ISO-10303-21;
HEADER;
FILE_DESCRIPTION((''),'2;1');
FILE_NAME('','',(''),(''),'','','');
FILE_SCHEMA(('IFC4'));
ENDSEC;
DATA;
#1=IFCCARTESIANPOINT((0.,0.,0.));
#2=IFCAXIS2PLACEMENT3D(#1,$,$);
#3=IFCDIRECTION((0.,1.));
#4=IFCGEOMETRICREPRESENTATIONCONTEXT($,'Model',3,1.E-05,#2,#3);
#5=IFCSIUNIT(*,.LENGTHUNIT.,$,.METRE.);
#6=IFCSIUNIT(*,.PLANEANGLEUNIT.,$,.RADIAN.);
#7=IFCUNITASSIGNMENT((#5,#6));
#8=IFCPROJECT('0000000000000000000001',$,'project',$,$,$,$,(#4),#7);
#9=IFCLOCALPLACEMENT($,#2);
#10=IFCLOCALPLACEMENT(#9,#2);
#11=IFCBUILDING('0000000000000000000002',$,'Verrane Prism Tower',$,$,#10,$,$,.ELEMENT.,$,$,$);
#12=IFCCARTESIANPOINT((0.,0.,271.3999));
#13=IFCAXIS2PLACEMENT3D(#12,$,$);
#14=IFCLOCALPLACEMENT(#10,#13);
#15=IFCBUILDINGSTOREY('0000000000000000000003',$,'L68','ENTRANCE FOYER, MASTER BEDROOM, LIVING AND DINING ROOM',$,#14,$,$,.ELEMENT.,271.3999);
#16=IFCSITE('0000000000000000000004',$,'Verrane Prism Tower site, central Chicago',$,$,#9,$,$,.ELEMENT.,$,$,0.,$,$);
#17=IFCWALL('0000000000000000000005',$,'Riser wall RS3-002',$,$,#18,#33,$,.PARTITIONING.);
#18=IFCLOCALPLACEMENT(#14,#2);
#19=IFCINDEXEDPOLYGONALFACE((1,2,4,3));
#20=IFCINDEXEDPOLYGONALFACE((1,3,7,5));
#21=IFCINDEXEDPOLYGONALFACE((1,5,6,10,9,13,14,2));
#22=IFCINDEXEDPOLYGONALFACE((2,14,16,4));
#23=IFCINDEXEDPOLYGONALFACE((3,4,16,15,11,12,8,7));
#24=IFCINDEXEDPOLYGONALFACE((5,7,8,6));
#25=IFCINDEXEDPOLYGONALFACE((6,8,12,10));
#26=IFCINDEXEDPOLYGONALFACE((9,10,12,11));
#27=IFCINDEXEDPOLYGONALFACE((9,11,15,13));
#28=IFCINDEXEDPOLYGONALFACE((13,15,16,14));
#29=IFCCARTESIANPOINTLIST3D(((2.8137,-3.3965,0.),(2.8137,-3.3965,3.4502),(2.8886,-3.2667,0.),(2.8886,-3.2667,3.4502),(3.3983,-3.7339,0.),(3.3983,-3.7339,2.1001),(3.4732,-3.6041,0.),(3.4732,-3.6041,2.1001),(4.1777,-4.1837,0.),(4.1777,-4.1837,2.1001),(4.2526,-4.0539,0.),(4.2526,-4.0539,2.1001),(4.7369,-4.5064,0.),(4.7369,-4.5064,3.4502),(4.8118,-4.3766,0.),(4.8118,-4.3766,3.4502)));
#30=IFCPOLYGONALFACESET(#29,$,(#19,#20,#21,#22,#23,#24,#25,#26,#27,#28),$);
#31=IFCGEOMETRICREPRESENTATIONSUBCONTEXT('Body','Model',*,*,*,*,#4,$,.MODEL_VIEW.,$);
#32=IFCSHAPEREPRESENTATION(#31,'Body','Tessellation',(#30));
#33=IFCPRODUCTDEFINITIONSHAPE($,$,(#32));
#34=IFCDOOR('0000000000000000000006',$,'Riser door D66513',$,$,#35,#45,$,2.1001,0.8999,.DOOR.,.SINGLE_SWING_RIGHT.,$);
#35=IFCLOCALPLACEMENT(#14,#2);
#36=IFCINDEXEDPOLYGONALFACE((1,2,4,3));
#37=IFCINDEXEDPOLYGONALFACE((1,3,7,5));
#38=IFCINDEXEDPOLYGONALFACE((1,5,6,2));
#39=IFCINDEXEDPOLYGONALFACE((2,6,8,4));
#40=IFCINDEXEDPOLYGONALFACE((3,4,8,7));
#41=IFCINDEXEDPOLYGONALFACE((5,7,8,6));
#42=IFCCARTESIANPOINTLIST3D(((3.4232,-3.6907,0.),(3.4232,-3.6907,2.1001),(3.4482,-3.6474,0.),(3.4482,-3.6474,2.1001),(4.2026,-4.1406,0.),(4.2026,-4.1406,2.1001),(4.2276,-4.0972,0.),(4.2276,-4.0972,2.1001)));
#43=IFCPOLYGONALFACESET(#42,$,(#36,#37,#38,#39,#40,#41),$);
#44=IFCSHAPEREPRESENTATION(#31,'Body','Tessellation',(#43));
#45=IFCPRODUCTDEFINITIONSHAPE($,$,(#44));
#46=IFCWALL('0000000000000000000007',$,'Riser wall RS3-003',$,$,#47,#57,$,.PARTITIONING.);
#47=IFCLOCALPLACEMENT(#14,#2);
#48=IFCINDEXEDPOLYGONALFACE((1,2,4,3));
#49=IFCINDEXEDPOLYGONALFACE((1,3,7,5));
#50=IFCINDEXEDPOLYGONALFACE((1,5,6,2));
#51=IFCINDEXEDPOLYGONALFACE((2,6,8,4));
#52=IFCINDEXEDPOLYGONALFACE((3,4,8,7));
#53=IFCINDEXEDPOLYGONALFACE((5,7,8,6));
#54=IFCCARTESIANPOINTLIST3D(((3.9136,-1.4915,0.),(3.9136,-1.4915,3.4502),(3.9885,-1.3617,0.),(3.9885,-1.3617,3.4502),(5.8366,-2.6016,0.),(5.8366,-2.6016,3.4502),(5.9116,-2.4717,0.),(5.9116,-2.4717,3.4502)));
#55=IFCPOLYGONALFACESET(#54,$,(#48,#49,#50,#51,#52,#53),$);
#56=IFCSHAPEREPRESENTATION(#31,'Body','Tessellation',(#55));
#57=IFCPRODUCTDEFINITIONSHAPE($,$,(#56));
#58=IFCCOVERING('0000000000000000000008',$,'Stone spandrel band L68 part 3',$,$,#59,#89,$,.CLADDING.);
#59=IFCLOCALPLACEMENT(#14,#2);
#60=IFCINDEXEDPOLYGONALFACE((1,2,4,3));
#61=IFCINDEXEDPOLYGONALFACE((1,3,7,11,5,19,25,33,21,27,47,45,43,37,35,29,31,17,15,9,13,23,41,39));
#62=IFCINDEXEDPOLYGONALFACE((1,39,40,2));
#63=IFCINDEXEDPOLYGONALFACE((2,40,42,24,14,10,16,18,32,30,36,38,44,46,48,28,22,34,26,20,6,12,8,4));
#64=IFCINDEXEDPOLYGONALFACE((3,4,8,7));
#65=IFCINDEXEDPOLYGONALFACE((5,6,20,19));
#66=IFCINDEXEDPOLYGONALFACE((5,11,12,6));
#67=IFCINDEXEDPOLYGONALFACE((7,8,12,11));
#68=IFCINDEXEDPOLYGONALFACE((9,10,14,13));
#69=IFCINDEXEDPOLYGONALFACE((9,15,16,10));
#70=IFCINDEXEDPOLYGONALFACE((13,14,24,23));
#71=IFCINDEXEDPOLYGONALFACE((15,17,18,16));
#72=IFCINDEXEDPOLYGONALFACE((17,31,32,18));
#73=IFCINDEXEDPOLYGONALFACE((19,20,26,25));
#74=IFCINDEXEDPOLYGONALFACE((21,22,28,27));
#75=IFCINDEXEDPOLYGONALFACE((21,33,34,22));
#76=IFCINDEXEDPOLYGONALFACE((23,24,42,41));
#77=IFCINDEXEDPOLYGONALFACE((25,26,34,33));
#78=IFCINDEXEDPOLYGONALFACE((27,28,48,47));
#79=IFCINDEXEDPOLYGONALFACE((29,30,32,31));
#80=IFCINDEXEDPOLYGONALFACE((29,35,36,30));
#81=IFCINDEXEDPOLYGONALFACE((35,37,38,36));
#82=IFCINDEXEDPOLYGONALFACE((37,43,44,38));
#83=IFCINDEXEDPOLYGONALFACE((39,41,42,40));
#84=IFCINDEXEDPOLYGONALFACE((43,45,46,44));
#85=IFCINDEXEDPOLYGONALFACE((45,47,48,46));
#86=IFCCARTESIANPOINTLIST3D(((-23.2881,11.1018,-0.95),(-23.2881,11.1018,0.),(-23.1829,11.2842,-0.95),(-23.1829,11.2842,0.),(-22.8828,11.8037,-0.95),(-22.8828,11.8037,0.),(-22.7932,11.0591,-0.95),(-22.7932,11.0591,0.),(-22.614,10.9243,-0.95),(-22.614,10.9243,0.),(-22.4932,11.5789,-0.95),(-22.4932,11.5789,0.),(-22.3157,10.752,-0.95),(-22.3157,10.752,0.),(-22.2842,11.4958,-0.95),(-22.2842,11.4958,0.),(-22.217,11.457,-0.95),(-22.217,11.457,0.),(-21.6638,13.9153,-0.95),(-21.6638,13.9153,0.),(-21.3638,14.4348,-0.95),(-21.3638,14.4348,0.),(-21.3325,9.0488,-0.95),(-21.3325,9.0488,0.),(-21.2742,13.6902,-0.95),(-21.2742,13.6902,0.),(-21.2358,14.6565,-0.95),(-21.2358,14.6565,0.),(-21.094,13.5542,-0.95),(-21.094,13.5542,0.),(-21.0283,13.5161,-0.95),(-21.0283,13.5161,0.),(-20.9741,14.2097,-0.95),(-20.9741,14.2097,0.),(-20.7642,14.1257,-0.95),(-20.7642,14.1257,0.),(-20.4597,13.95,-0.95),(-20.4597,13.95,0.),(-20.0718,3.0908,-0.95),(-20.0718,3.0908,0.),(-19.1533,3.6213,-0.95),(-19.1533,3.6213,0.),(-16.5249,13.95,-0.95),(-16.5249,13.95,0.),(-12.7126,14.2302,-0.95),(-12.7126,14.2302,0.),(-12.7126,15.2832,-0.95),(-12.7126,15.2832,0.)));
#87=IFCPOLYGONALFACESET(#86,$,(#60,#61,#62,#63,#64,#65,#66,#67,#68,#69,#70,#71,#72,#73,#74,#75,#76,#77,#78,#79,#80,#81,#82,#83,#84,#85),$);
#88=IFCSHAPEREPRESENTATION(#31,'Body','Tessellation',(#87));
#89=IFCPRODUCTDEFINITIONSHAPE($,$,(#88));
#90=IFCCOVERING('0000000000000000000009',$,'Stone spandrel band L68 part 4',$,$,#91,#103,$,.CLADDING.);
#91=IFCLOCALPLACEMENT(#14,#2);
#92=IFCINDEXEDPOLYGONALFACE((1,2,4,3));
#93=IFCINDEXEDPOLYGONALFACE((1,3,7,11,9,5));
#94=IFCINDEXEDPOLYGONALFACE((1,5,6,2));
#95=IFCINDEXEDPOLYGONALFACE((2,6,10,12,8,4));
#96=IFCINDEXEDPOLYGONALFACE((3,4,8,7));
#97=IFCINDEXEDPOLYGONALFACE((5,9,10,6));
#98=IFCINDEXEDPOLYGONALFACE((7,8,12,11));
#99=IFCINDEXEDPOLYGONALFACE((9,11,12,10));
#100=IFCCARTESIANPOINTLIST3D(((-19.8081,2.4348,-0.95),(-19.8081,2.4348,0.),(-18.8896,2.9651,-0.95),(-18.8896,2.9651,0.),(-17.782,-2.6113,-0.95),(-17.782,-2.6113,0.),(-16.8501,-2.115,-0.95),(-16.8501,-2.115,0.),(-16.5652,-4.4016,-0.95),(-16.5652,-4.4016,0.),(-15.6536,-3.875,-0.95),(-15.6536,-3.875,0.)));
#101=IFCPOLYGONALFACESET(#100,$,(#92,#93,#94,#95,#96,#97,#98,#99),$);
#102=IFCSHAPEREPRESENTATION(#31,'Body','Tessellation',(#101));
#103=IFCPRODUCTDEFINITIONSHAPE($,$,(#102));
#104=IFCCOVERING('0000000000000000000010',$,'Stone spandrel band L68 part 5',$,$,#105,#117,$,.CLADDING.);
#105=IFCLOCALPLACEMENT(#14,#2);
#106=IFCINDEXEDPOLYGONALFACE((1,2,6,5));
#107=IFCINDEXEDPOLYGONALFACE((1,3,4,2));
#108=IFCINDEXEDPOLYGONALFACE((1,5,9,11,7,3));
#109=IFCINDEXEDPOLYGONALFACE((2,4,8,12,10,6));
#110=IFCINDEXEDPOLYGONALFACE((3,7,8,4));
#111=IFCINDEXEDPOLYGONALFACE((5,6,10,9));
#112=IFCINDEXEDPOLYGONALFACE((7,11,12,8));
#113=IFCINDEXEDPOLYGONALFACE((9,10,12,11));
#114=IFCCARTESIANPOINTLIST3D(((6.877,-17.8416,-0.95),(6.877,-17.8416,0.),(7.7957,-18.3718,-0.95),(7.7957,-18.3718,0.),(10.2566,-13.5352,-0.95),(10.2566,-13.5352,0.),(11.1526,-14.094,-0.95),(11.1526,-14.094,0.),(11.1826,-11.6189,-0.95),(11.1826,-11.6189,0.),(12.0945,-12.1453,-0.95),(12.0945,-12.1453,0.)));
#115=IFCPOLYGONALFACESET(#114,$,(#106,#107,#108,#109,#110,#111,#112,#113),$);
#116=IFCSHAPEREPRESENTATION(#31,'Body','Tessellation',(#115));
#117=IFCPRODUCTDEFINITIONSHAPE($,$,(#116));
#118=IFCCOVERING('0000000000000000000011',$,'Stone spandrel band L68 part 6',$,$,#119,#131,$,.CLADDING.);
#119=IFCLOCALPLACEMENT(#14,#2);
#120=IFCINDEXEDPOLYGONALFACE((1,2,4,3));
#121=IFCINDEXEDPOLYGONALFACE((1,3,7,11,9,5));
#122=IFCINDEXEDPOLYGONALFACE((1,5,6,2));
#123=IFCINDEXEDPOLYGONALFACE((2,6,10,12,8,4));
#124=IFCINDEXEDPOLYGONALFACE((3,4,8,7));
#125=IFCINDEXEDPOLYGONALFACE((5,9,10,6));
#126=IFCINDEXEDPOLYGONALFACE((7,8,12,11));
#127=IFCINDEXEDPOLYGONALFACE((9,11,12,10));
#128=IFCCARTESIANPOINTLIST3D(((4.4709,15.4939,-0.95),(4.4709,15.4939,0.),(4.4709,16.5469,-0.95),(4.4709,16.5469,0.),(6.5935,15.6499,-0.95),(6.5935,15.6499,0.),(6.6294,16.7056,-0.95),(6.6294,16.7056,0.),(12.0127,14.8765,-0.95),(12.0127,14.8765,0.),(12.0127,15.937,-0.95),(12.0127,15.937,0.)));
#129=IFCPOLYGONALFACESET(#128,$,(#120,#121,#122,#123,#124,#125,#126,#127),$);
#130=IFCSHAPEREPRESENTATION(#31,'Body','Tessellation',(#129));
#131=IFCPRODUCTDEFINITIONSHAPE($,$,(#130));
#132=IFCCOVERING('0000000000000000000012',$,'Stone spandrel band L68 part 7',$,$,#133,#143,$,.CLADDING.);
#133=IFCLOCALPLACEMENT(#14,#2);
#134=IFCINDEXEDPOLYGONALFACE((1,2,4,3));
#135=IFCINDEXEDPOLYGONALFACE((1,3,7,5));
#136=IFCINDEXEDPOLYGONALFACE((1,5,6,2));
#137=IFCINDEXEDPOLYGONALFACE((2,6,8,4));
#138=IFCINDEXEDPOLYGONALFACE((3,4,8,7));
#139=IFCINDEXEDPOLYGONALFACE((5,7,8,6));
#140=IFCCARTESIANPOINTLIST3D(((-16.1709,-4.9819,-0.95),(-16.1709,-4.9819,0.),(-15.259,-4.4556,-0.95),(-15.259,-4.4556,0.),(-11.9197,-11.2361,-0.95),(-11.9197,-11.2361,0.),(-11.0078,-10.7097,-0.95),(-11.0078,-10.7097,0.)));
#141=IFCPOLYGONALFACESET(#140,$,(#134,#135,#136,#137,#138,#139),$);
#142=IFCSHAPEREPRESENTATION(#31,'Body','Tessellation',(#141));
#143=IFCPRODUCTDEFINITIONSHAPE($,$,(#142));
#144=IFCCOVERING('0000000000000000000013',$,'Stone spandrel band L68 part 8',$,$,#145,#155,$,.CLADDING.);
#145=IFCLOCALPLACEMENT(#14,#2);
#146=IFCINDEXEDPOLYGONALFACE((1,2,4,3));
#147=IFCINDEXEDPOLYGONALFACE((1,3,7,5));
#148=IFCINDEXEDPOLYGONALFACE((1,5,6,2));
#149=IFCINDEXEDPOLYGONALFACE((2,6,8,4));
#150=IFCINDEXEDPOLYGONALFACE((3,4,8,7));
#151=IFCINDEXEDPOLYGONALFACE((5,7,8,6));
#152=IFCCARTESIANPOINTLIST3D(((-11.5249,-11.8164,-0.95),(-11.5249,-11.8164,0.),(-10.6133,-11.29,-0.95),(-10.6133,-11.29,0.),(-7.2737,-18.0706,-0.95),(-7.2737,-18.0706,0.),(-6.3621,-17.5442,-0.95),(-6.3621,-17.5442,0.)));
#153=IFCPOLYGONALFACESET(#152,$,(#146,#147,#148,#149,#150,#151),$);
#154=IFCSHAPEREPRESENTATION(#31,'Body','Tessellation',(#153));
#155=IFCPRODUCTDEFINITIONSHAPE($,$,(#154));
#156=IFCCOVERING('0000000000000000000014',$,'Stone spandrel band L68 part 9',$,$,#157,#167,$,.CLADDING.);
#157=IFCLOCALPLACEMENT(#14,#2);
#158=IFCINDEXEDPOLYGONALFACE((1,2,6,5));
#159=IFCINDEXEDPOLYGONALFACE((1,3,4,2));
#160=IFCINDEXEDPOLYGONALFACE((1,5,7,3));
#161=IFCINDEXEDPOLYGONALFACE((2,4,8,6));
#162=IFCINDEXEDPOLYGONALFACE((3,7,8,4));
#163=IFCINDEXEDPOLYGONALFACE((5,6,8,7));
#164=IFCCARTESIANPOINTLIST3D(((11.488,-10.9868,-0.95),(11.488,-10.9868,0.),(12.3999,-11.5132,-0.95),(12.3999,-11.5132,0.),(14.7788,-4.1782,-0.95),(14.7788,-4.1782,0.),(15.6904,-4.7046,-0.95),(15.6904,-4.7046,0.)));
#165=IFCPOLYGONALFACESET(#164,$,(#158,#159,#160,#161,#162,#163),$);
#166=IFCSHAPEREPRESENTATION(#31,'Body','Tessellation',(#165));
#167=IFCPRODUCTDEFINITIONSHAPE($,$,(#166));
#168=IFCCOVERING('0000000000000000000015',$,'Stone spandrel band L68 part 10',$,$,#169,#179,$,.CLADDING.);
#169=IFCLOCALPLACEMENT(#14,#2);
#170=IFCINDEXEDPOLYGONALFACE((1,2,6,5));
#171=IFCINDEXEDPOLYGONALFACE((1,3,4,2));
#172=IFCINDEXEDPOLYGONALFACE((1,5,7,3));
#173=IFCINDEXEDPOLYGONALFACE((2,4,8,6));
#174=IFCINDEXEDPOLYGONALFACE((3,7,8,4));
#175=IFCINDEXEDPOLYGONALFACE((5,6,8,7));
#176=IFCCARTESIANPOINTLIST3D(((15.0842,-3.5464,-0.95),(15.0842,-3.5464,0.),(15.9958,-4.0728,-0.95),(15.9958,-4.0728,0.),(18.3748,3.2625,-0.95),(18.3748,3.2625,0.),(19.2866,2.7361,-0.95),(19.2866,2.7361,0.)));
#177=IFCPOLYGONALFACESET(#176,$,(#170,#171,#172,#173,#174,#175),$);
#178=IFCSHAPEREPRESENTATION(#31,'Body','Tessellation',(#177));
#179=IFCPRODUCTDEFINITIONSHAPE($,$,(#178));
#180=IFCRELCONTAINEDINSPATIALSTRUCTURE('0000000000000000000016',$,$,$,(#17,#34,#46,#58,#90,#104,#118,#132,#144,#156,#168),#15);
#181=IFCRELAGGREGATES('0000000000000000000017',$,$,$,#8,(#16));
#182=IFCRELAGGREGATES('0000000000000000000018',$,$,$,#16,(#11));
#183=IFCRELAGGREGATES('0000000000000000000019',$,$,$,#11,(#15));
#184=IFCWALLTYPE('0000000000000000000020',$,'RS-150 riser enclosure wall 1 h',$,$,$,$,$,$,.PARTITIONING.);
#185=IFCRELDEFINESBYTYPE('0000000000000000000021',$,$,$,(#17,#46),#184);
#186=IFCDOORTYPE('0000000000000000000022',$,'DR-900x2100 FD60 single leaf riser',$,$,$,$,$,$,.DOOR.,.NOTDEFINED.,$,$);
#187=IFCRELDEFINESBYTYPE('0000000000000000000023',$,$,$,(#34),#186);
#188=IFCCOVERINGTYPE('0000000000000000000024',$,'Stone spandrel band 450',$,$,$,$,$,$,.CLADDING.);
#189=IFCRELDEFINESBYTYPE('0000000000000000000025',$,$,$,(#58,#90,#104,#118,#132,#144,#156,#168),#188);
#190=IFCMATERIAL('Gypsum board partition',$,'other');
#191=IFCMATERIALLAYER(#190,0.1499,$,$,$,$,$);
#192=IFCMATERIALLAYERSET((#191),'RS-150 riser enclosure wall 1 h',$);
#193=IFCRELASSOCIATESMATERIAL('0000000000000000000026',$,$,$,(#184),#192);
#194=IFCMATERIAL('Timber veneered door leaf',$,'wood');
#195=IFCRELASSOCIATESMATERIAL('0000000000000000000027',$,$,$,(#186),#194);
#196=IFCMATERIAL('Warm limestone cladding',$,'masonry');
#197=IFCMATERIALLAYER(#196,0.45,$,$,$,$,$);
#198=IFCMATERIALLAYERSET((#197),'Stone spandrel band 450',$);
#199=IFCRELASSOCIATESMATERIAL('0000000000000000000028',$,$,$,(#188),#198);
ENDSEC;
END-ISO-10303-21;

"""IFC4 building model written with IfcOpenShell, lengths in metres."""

from ifc_helpers import new_model, si_unit, direction, frame, frame_2d, origin, place, context, subcontext, project, spatial, polyline, rectangle, outline, extrude, material, layer, layer_set, type_object, element, fill, save


model = new_model("IFC4")

# Units and contexts
model_context = context("Model", 3, precision=1e-05, world=origin(), true_north=direction((0.0, 1.0)))
body_context = subcontext(model_context, "Body", "Model", "MODEL_VIEW")
ifc_project = project(units=[si_unit("LENGTHUNIT", "METRE"), si_unit("PLANEANGLEUNIT", "RADIAN")], contexts=[model_context])

# Site, building, storey
site_placement = place(None, origin())
site = spatial("IfcSite", under=ifc_project, at=site_placement, Name="Verrane Prism Tower site, central Chicago", CompositionType="ELEMENT", RefElevation=0.0)
building_placement = place(site_placement, origin())
building = spatial("IfcBuilding", under=site, at=building_placement, Name="Verrane Prism Tower", CompositionType="ELEMENT")
storey_placement = place(building_placement, frame((0.0, 0.0, 271.3999)))
storey = spatial("IfcBuildingStorey", under=building, at=storey_placement, Name="L68", Description="ENTRANCE FOYER, MASTER BEDROOM, LIVING AND DINING ROOM", CompositionType="ELEMENT", Elevation=271.3999)

# Shared definitions
ifc_material_1 = material(Name="Gypsum board partition", Category="other")
ifc_layer_1 = layer(ifc_material_1, 0.1499)
ifc_layer_set_1 = layer_set([ifc_layer_1], Name="RS-150 riser enclosure wall 1 h")
wall_type_1 = type_object("IfcWallType", Name="RS-150 riser enclosure wall 1 h", PredefinedType="PARTITIONING", material=ifc_layer_set_1)

# Wall, opening, door
wall_1_placement = place(storey_placement, frame((2.8511, -3.3315, 0.0), z_axis=(0.0, 0.0, 1.0), x_axis=(0.866111, -0.499853, 0.0)))
wall_1 = element("IfcWall", 1, at=wall_1_placement, inside=storey, type_object=wall_type_1, Name="Riser wall RS3-002", PredefinedType="PARTITIONING", context=body_context, shape_type="SweptSolid", body=[
    extrude(rectangle(XDim=2.2205, YDim=0.1499, at=frame_2d((1.1104, 0.0))), origin(), (0.0, 0.0, 1.0), 3.4502),
])
opening_1_placement = place(wall_1_placement, frame((0.675, 0.0, 0.0)))
opening_1 = element("IfcOpeningElement", 2, at=opening_1_placement, cuts=wall_1, PredefinedType="OPENING", context=body_context, shape_type="SweptSolid", body=[
    extrude(rectangle(XDim=0.8999, YDim=2.1001, at=frame_2d((0.45, 1.05))), frame((0.0, 0.085, 0.0), z_axis=(0.0, -1.0, 0.0), x_axis=(1.0, 0.0, 0.0)), (0.0, 0.0, 1.0), 0.1699),
])
ifc_material_2 = material(Name="Timber veneered door leaf", Category="wood")
door_type_1 = type_object("IfcDoorType", Name="DR-900x2100 FD60 single leaf riser", OperationType="NOTDEFINED", PredefinedType="DOOR", material=ifc_material_2)
door_1_placement = place(opening_1_placement, origin())
door_1 = element("IfcDoor", 3, at=door_1_placement, inside=storey, type_object=door_type_1, Name="Riser door D66513", OperationType="SINGLE_SWING_RIGHT", OverallHeight=2.1001, OverallWidth=0.8999, PredefinedType="DOOR", context=body_context, shape_type="SweptSolid", body=[
    extrude(rectangle(XDim=0.8999, YDim=2.1001, at=frame_2d((0.45, 1.05))), frame((0.0, 0.0249, 0.0), z_axis=(0.0, -1.0, 0.0), x_axis=(1.0, 0.0, 0.0)), (0.0, 0.0, 1.0), 0.05),
])
fill(opening_1, door_1)

# Wall
wall_2_placement = place(storey_placement, frame((3.9509, -1.4265, 0.0), z_axis=(0.0, 0.0, 1.0), x_axis=(0.866063, -0.499935, 0.0)))
element("IfcWall", 4, at=wall_2_placement, inside=storey, type_object=wall_type_1, Name="Riser wall RS3-003", PredefinedType="PARTITIONING", context=body_context, shape_type="SweptSolid", body=[
    extrude(rectangle(XDim=2.2205, YDim=0.1499, at=frame_2d((1.1104, 0.0))), origin(), (0.0, 0.0, 1.0), 3.4502),
])

# Coverings
ifc_material_3 = material(Name="Warm limestone cladding", Category="masonry")
ifc_layer_2 = layer(ifc_material_3, 0.45)
ifc_layer_set_2 = layer_set([ifc_layer_2], Name="Stone spandrel band 450")
covering_type = type_object("IfcCoveringType", Name="Stone spandrel band 450", PredefinedType="CLADDING", material=ifc_layer_set_2)
covering_1_placement = place(storey_placement, frame((0.0, 0.0, -0.95)))
element("IfcCovering", 5, at=covering_1_placement, inside=storey, type_object=covering_type, Name="Stone spandrel band L68 part 3", PredefinedType="CLADDING", context=body_context, shape_type="SweptSolid", body=[
    extrude(outline(polyline([(-19.1533, 3.6213), (-21.3325, 9.0488), (-22.3157, 10.752), (-22.614, 10.9243), (-22.2842, 11.4958), (-22.217, 11.457), (-21.0283, 13.5161), (-21.094, 13.5542), (-20.7642, 14.1257), (-20.4597, 13.95), (-16.5249, 13.95), (-12.7126, 14.2302), (-12.7126, 15.2832), (-21.2358, 14.6565), (-21.3638, 14.4348), (-20.9741, 14.2097), (-21.2742, 13.6902), (-21.6638, 13.9153), (-22.8828, 11.8037), (-22.4932, 11.5789), (-22.7932, 11.0591), (-23.1829, 11.2842), (-23.2881, 11.1018), (-20.0718, 3.0908), (-19.1533, 3.6213)])), origin(), (0.0, 0.0, 1.0), 0.95),
])
covering_2_placement = place(storey_placement, frame((0.0, 0.0, -0.95)))
element("IfcCovering", 6, at=covering_2_placement, inside=storey, type_object=covering_type, Name="Stone spandrel band L68 part 4", PredefinedType="CLADDING", context=body_context, shape_type="SweptSolid", body=[
    extrude(outline(polyline([(-15.6536, -3.875), (-16.8501, -2.115), (-18.8896, 2.9651), (-19.8081, 2.4348), (-17.782, -2.6113), (-16.5652, -4.4016), (-15.6536, -3.875)])), origin(), (0.0, 0.0, 1.0), 0.95),
])
covering_3_placement = place(storey_placement, frame((0.0, 0.0, -0.95)))
element("IfcCovering", 7, at=covering_3_placement, inside=storey, type_object=covering_type, Name="Stone spandrel band L68 part 5", PredefinedType="CLADDING", context=body_context, shape_type="SweptSolid", body=[
    extrude(outline(polyline([(12.0945, -12.1453), (11.1826, -11.6189), (10.2566, -13.5352), (6.877, -17.8416), (7.7957, -18.3718), (11.1526, -14.094), (12.0945, -12.1453)])), origin(), (0.0, 0.0, 1.0), 0.95),
])
covering_4_placement = place(storey_placement, frame((0.0, 0.0, -0.95)))
element("IfcCovering", 8, at=covering_4_placement, inside=storey, type_object=covering_type, Name="Stone spandrel band L68 part 6", PredefinedType="CLADDING", context=body_context, shape_type="SweptSolid", body=[
    extrude(outline(polyline([(4.4709, 16.5469), (4.4709, 15.4939), (6.5935, 15.6499), (12.0127, 14.8765), (12.0127, 15.937), (6.6294, 16.7056), (4.4709, 16.5469)])), origin(), (0.0, 0.0, 1.0), 0.95),
])
covering_5_placement = place(storey_placement, frame((0.0, 0.0, -0.95)))
element("IfcCovering", 9, at=covering_5_placement, inside=storey, type_object=covering_type, Name="Stone spandrel band L68 part 7", PredefinedType="CLADDING", context=body_context, shape_type="SweptSolid", body=[
    extrude(outline(polyline([(-11.9197, -11.2361), (-11.0078, -10.7097), (-15.259, -4.4556), (-16.1709, -4.9819), (-11.9197, -11.2361)])), origin(), (0.0, 0.0, 1.0), 0.95),
])
covering_6_placement = place(storey_placement, frame((0.0, 0.0, -0.95)))
element("IfcCovering", 10, at=covering_6_placement, inside=storey, type_object=covering_type, Name="Stone spandrel band L68 part 8", PredefinedType="CLADDING", context=body_context, shape_type="SweptSolid", body=[
    extrude(outline(polyline([(-6.3621, -17.5442), (-10.6133, -11.29), (-11.5249, -11.8164), (-7.2737, -18.0706), (-6.3621, -17.5442)])), origin(), (0.0, 0.0, 1.0), 0.95),
])
covering_7_placement = place(storey_placement, frame((0.0, 0.0, -0.95)))
element("IfcCovering", 11, at=covering_7_placement, inside=storey, type_object=covering_type, Name="Stone spandrel band L68 part 9", PredefinedType="CLADDING", context=body_context, shape_type="SweptSolid", body=[
    extrude(outline(polyline([(14.7788, -4.1782), (11.488, -10.9868), (12.3999, -11.5132), (15.6904, -4.7046), (14.7788, -4.1782)])), origin(), (0.0, 0.0, 1.0), 0.95),
])
covering_8_placement = place(storey_placement, frame((0.0, 0.0, -0.95)))
element("IfcCovering", 12, at=covering_8_placement, inside=storey, type_object=covering_type, Name="Stone spandrel band L68 part 10", PredefinedType="CLADDING", context=body_context, shape_type="SweptSolid", body=[
    extrude(outline(polyline([(19.2866, 2.7361), (18.3748, 3.2625), (15.0842, -3.5464), (15.9958, -4.0728), (19.2866, 2.7361)])), origin(), (0.0, 0.0, 1.0), 0.95),
])

save(model, "model.ifc")
